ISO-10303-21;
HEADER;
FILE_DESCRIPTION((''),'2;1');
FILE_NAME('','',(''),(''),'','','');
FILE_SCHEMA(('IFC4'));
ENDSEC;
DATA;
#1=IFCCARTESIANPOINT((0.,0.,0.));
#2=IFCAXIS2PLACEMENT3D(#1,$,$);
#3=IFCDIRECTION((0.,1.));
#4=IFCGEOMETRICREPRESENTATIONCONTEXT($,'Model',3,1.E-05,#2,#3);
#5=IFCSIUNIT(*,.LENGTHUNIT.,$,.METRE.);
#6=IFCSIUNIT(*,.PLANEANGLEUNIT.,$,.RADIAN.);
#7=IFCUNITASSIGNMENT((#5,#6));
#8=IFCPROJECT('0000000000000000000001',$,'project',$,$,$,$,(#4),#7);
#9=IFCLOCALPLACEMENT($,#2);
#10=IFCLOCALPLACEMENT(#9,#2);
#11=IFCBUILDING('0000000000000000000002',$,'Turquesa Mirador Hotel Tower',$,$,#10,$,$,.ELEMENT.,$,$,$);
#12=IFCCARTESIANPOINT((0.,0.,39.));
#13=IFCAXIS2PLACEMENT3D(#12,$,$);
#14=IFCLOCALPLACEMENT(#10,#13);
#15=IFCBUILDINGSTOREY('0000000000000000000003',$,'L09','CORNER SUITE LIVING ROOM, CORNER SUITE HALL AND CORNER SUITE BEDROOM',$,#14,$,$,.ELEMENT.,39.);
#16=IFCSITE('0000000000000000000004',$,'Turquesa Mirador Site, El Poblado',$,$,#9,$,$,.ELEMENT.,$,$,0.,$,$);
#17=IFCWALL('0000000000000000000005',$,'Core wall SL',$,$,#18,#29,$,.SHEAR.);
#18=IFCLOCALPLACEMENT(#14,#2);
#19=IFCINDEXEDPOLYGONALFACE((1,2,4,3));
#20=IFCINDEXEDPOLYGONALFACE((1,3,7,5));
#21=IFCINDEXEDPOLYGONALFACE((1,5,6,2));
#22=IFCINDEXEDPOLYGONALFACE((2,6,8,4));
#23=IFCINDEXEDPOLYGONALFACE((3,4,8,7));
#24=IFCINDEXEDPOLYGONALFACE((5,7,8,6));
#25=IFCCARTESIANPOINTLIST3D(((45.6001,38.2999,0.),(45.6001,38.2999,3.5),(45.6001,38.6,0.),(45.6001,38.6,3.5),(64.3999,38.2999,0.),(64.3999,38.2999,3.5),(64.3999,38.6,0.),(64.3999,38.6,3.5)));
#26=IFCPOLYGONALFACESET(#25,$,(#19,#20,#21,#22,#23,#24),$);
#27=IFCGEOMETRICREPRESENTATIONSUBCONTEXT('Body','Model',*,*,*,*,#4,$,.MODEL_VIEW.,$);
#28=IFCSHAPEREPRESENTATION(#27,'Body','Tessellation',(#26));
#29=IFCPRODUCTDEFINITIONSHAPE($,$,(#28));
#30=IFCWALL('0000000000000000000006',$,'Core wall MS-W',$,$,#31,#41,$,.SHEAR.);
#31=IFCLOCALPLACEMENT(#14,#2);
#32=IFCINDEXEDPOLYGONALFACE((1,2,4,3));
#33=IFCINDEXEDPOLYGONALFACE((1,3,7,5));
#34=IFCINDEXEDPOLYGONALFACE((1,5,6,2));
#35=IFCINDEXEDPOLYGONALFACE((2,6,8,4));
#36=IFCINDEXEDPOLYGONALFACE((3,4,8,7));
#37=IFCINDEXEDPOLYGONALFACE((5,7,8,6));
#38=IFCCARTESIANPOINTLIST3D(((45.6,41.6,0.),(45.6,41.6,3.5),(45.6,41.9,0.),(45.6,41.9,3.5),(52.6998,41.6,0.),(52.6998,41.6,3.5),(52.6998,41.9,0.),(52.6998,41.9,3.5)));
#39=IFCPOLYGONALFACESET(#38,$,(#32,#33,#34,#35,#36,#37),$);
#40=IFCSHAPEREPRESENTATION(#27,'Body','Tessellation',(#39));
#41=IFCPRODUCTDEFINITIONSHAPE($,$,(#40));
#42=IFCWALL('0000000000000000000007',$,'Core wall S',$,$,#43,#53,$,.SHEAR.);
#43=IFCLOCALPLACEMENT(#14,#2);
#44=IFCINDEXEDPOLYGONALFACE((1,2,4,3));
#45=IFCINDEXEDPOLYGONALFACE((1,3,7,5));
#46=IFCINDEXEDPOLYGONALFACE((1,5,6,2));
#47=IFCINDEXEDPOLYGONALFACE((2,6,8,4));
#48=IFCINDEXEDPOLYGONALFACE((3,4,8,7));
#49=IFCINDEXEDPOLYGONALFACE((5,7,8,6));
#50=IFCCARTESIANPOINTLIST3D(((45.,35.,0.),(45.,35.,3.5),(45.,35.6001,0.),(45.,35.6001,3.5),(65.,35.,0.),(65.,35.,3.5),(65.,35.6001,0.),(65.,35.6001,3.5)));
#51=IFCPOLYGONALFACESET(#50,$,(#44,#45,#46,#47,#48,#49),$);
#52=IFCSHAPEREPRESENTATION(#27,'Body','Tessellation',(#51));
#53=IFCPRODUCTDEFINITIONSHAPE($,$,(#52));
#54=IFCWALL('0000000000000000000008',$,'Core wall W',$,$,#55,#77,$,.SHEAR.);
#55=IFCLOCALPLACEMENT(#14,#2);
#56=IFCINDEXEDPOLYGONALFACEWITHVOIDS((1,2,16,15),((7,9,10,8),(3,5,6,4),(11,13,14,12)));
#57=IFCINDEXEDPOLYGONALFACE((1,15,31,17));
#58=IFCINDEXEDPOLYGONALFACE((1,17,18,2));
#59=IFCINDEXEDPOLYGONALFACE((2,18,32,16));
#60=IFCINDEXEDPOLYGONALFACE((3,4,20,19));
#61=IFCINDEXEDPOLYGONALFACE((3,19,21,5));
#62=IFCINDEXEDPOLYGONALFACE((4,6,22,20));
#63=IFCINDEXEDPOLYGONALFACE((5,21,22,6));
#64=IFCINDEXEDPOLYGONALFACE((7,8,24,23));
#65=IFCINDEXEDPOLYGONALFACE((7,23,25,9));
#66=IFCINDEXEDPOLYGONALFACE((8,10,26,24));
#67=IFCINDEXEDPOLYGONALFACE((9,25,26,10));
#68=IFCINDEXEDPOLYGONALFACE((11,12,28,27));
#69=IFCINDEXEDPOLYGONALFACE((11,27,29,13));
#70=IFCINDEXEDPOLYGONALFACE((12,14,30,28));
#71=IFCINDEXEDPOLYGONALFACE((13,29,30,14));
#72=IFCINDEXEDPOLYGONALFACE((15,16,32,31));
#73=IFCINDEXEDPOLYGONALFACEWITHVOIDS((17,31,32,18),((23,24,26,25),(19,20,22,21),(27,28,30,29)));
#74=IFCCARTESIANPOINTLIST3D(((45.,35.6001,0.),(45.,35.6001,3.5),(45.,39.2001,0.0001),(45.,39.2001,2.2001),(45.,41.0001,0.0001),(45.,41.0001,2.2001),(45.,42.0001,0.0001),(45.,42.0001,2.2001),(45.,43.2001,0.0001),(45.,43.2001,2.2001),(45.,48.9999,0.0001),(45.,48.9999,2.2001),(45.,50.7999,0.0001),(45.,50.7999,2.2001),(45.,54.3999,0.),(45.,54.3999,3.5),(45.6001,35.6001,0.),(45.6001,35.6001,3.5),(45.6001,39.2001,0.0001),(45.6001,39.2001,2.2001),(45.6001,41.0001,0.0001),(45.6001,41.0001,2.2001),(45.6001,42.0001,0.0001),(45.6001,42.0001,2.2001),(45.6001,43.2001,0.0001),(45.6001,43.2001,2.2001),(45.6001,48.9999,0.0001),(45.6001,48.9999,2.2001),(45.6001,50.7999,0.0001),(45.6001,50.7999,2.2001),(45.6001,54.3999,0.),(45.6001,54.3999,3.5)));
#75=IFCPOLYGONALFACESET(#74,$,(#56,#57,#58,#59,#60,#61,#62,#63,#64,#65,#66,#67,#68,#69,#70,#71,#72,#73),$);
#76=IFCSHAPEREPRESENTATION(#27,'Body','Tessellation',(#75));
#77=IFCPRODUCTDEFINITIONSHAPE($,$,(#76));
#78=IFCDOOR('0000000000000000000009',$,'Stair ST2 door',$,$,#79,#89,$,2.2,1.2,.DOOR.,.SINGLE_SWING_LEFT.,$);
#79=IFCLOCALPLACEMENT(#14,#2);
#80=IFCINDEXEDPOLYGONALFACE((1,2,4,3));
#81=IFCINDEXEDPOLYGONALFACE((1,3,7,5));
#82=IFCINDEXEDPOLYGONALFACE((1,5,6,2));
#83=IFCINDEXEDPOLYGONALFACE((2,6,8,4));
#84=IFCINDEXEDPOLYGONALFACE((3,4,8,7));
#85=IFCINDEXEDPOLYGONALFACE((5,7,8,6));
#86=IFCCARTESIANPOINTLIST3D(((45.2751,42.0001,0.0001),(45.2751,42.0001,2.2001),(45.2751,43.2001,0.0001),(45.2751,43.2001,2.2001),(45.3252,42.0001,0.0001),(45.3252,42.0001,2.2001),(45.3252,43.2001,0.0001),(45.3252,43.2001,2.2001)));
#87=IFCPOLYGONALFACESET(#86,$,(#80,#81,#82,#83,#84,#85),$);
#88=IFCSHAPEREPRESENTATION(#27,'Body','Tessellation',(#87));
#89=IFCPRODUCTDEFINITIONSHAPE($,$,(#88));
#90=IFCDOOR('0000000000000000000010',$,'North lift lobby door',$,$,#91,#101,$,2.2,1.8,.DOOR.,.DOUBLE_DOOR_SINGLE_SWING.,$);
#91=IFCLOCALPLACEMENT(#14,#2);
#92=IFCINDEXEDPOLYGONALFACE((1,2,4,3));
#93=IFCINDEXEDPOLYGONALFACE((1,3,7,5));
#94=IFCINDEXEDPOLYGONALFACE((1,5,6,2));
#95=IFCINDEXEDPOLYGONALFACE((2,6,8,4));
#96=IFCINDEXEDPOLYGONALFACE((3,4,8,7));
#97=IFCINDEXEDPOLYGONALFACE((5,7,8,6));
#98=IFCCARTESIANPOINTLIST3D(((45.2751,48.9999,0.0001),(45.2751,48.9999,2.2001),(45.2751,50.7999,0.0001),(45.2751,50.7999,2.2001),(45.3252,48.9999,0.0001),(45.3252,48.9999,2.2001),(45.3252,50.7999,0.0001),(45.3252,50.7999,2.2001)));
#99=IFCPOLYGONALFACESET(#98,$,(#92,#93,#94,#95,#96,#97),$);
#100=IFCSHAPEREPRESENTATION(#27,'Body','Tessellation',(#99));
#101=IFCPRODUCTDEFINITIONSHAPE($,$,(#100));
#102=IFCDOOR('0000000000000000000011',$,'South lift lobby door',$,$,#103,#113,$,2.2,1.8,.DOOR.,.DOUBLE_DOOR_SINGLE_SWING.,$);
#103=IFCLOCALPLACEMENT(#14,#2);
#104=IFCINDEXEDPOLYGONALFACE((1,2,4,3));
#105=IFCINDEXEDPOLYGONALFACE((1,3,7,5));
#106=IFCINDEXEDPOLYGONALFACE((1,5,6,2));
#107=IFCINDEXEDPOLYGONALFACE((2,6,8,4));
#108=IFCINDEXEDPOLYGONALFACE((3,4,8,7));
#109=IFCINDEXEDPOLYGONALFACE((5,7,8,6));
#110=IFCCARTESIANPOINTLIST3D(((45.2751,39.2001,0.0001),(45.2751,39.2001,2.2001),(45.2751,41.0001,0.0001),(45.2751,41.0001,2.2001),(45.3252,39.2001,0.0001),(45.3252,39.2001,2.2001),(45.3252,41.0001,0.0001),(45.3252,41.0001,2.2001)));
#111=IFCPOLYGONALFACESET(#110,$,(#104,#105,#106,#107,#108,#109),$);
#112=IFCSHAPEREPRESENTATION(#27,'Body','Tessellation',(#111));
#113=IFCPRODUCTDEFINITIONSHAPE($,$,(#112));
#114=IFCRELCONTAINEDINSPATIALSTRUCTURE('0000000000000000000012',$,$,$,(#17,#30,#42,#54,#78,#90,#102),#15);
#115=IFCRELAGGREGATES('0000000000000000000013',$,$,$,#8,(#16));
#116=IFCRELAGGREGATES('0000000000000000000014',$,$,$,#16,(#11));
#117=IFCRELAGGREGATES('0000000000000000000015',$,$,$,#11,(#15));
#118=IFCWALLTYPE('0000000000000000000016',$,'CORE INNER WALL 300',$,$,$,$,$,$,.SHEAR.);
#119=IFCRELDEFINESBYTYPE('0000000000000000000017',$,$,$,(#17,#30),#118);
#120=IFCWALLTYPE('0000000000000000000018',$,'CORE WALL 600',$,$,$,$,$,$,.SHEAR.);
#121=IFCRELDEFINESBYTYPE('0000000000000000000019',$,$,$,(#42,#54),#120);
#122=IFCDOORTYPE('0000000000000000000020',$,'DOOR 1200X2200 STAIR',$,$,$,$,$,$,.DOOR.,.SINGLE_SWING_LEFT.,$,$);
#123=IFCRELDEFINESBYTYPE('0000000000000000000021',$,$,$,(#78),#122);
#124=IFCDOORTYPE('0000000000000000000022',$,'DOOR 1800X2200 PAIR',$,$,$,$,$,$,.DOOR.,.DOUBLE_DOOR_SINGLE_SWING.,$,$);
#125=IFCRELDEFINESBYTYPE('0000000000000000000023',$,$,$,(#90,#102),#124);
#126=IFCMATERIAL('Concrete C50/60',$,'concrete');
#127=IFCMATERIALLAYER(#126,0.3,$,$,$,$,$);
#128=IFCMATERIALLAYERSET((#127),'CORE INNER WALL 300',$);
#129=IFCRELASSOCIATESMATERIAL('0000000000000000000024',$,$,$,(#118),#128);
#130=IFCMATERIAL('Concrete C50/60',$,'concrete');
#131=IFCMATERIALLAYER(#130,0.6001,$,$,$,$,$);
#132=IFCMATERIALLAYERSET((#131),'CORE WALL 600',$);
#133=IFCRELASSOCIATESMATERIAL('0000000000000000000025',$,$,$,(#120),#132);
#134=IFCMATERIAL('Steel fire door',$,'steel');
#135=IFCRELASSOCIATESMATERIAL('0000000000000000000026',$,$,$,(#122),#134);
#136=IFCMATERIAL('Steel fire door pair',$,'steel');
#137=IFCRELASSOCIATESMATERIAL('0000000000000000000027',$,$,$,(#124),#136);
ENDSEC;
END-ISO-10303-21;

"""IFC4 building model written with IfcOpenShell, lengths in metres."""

from ifc_helpers import new_model, si_unit, direction, frame, frame_2d, origin, place, context, subcontext, project, spatial, rectangle, extrude, material, layer, layer_set, type_object, element, fill, save


model = new_model("IFC4")

# Units and contexts
model_context = context("Model", 3, precision=1e-05, world=origin(), true_north=direction((0.0, 1.0)))
body_context = subcontext(model_context, "Body", "Model", "MODEL_VIEW")
ifc_project = project(units=[si_unit("LENGTHUNIT", "METRE"), si_unit("PLANEANGLEUNIT", "RADIAN")], contexts=[model_context])

# Site, building, storey
site_placement = place(None, origin())
site = spatial("IfcSite", under=ifc_project, at=site_placement, Name="Turquesa Mirador Site, El Poblado", CompositionType="ELEMENT", RefElevation=0.0)
building_placement = place(site_placement, origin())
building = spatial("IfcBuilding", under=site, at=building_placement, Name="Turquesa Mirador Hotel Tower", CompositionType="ELEMENT")
storey_placement = place(building_placement, frame((0.0, 0.0, 39.0)))
storey = spatial("IfcBuildingStorey", under=building, at=storey_placement, Name="L09", Description="CORNER SUITE LIVING ROOM, CORNER SUITE HALL AND CORNER SUITE BEDROOM", CompositionType="ELEMENT", Elevation=39.0)

# Walls
ifc_material_1 = material(Name="Concrete C50/60", Category="concrete")
ifc_layer_1 = layer(ifc_material_1, 0.3)
ifc_layer_set_1 = layer_set([ifc_layer_1], Name="CORE INNER WALL 300")
wall_type_1 = type_object("IfcWallType", Name="CORE INNER WALL 300", PredefinedType="SHEAR", material=ifc_layer_set_1)
wall_1_placement = place(storey_placement, frame((45.6001, 38.45, 0.0), z_axis=(0.0, 0.0, 1.0), x_axis=(1.0, 0.0, 0.0)))
element("IfcWall", 1, at=wall_1_placement, inside=storey, type_object=wall_type_1, Name="Core wall SL", PredefinedType="SHEAR", context=body_context, shape_type="SweptSolid", body=[
    extrude(rectangle(XDim=18.7998, YDim=0.3, at=frame_2d((9.3999, 0.0))), origin(), (0.0, 0.0, 1.0), 3.5),
])
wall_2_placement = place(storey_placement, frame((45.6001, 41.75, 0.0), z_axis=(0.0, 0.0, 1.0), x_axis=(1.0, 0.0, 0.0)))
element("IfcWall", 2, at=wall_2_placement, inside=storey, type_object=wall_type_1, Name="Core wall MS-W", PredefinedType="SHEAR", context=body_context, shape_type="SweptSolid", body=[
    extrude(rectangle(XDim=7.0999, YDim=0.3, at=frame_2d((3.5498, 0.0))), origin(), (0.0, 0.0, 1.0), 3.5),
])
ifc_material_2 = material(Name="Concrete C50/60", Category="concrete")
ifc_layer_2 = layer(ifc_material_2, 0.6001)
ifc_layer_set_2 = layer_set([ifc_layer_2], Name="CORE WALL 600")
wall_type_2 = type_object("IfcWallType", Name="CORE WALL 600", PredefinedType="SHEAR", material=ifc_layer_set_2)
wall_3_placement = place(storey_placement, frame((45.0, 35.3, 0.0), z_axis=(0.0, 0.0, 1.0), x_axis=(1.0, 0.0, 0.0)))
element("IfcWall", 3, at=wall_3_placement, inside=storey, type_object=wall_type_2, Name="Core wall S", PredefinedType="SHEAR", context=body_context, shape_type="SweptSolid", body=[
    extrude(rectangle(XDim=20.0, YDim=0.6001, at=frame_2d((10.0, 0.0))), origin(), (0.0, 0.0, 1.0), 3.5),
])

# Wall, openings, doors
wall_4_placement = place(storey_placement, frame((45.3, 35.6001, 0.0), z_axis=(0.0, 0.0, 1.0), x_axis=(0.0, 1.0, 0.0)))
wall_4 = element("IfcWall", 4, at=wall_4_placement, inside=storey, type_object=wall_type_2, Name="Core wall W", PredefinedType="SHEAR", context=body_context, shape_type="SweptSolid", body=[
    extrude(rectangle(XDim=18.7998, YDim=0.6001, at=frame_2d((9.3999, 0.0))), origin(), (0.0, 0.0, 1.0), 3.5),
])
opening_1_placement = place(wall_4_placement, frame((13.3999, 0.0, 0.0)))
opening_1 = element("IfcOpeningElement", 5, at=opening_1_placement, cuts=wall_4, PredefinedType="OPENING", context=body_context, shape_type="SweptSolid", body=[
    extrude(rectangle(XDim=1.8, YDim=2.2, at=frame_2d((0.8999, 1.1001))), frame((0.0, 0.3101, 0.0), z_axis=(0.0, -1.0, 0.0), x_axis=(1.0, 0.0, 0.0)), (0.0, 0.0, 1.0), 0.6201),
])
opening_2_placement = place(wall_4_placement, frame((3.6001, 0.0, 0.0)))
opening_2 = element("IfcOpeningElement", 6, at=opening_2_placement, cuts=wall_4, PredefinedType="OPENING", context=body_context, shape_type="SweptSolid", body=[
    extrude(rectangle(XDim=1.8, YDim=2.2, at=frame_2d((0.8999, 1.1001))), frame((0.0, 0.3101, 0.0), z_axis=(0.0, -1.0, 0.0), x_axis=(1.0, 0.0, 0.0)), (0.0, 0.0, 1.0), 0.6201),
])
opening_3_placement = place(wall_4_placement, frame((6.3999, 0.0, 0.0)))
opening_3 = element("IfcOpeningElement", 7, at=opening_3_placement, cuts=wall_4, PredefinedType="OPENING", context=body_context, shape_type="SweptSolid", body=[
    extrude(rectangle(XDim=1.2, YDim=2.2, at=frame_2d((0.6001, 1.1001))), frame((0.0, 0.3101, 0.0), z_axis=(0.0, -1.0, 0.0), x_axis=(1.0, 0.0, 0.0)), (0.0, 0.0, 1.0), 0.6201),
])
ifc_material_3 = material(Name="Steel fire door", Category="steel")
door_type_1 = type_object("IfcDoorType", Name="DOOR 1200X2200 STAIR", OperationType="SINGLE_SWING_LEFT", PredefinedType="DOOR", material=ifc_material_3)
door_1_placement = place(opening_3_placement, origin())
door_1 = element("IfcDoor", 8, at=door_1_placement, inside=storey, type_object=door_type_1, Name="Stair ST2 door", OperationType="SINGLE_SWING_LEFT", OverallHeight=2.2, OverallWidth=1.2, PredefinedType="DOOR", context=body_context, shape_type="SweptSolid", body=[
    extrude(rectangle(XDim=1.2, YDim=2.2, at=frame_2d((0.6001, 1.1001))), frame((0.0, 0.0249, 0.0), z_axis=(0.0, -1.0, 0.0), x_axis=(1.0, 0.0, 0.0)), (0.0, 0.0, 1.0), 0.05),
])
fill(opening_3, door_1)
ifc_material_4 = material(Name="Steel fire door pair", Category="steel")
door_type_2 = type_object("IfcDoorType", Name="DOOR 1800X2200 PAIR", OperationType="DOUBLE_DOOR_SINGLE_SWING", PredefinedType="DOOR", material=ifc_material_4)
door_2_placement = place(opening_1_placement, origin())
door_2 = element("IfcDoor", 9, at=door_2_placement, inside=storey, type_object=door_type_2, Name="North lift lobby door", OperationType="DOUBLE_DOOR_SINGLE_SWING", OverallHeight=2.2, OverallWidth=1.8, PredefinedType="DOOR", context=body_context, shape_type="SweptSolid", body=[
    extrude(rectangle(XDim=1.8, YDim=2.2, at=frame_2d((0.8999, 1.1001))), frame((0.0, 0.0249, 0.0), z_axis=(0.0, -1.0, 0.0), x_axis=(1.0, 0.0, 0.0)), (0.0, 0.0, 1.0), 0.05),
])
fill(opening_1, door_2)
door_3_placement = place(opening_2_placement, origin())
door_3 = element("IfcDoor", 10, at=door_3_placement, inside=storey, type_object=door_type_2, Name="South lift lobby door", OperationType="DOUBLE_DOOR_SINGLE_SWING", OverallHeight=2.2, OverallWidth=1.8, PredefinedType="DOOR", context=body_context, shape_type="SweptSolid", body=[
    extrude(rectangle(XDim=1.8, YDim=2.2, at=frame_2d((0.8999, 1.1001))), frame((0.0, 0.0249, 0.0), z_axis=(0.0, -1.0, 0.0), x_axis=(1.0, 0.0, 0.0)), (0.0, 0.0, 1.0), 0.05),
])
fill(opening_2, door_3)

save(model, "model.ifc")
